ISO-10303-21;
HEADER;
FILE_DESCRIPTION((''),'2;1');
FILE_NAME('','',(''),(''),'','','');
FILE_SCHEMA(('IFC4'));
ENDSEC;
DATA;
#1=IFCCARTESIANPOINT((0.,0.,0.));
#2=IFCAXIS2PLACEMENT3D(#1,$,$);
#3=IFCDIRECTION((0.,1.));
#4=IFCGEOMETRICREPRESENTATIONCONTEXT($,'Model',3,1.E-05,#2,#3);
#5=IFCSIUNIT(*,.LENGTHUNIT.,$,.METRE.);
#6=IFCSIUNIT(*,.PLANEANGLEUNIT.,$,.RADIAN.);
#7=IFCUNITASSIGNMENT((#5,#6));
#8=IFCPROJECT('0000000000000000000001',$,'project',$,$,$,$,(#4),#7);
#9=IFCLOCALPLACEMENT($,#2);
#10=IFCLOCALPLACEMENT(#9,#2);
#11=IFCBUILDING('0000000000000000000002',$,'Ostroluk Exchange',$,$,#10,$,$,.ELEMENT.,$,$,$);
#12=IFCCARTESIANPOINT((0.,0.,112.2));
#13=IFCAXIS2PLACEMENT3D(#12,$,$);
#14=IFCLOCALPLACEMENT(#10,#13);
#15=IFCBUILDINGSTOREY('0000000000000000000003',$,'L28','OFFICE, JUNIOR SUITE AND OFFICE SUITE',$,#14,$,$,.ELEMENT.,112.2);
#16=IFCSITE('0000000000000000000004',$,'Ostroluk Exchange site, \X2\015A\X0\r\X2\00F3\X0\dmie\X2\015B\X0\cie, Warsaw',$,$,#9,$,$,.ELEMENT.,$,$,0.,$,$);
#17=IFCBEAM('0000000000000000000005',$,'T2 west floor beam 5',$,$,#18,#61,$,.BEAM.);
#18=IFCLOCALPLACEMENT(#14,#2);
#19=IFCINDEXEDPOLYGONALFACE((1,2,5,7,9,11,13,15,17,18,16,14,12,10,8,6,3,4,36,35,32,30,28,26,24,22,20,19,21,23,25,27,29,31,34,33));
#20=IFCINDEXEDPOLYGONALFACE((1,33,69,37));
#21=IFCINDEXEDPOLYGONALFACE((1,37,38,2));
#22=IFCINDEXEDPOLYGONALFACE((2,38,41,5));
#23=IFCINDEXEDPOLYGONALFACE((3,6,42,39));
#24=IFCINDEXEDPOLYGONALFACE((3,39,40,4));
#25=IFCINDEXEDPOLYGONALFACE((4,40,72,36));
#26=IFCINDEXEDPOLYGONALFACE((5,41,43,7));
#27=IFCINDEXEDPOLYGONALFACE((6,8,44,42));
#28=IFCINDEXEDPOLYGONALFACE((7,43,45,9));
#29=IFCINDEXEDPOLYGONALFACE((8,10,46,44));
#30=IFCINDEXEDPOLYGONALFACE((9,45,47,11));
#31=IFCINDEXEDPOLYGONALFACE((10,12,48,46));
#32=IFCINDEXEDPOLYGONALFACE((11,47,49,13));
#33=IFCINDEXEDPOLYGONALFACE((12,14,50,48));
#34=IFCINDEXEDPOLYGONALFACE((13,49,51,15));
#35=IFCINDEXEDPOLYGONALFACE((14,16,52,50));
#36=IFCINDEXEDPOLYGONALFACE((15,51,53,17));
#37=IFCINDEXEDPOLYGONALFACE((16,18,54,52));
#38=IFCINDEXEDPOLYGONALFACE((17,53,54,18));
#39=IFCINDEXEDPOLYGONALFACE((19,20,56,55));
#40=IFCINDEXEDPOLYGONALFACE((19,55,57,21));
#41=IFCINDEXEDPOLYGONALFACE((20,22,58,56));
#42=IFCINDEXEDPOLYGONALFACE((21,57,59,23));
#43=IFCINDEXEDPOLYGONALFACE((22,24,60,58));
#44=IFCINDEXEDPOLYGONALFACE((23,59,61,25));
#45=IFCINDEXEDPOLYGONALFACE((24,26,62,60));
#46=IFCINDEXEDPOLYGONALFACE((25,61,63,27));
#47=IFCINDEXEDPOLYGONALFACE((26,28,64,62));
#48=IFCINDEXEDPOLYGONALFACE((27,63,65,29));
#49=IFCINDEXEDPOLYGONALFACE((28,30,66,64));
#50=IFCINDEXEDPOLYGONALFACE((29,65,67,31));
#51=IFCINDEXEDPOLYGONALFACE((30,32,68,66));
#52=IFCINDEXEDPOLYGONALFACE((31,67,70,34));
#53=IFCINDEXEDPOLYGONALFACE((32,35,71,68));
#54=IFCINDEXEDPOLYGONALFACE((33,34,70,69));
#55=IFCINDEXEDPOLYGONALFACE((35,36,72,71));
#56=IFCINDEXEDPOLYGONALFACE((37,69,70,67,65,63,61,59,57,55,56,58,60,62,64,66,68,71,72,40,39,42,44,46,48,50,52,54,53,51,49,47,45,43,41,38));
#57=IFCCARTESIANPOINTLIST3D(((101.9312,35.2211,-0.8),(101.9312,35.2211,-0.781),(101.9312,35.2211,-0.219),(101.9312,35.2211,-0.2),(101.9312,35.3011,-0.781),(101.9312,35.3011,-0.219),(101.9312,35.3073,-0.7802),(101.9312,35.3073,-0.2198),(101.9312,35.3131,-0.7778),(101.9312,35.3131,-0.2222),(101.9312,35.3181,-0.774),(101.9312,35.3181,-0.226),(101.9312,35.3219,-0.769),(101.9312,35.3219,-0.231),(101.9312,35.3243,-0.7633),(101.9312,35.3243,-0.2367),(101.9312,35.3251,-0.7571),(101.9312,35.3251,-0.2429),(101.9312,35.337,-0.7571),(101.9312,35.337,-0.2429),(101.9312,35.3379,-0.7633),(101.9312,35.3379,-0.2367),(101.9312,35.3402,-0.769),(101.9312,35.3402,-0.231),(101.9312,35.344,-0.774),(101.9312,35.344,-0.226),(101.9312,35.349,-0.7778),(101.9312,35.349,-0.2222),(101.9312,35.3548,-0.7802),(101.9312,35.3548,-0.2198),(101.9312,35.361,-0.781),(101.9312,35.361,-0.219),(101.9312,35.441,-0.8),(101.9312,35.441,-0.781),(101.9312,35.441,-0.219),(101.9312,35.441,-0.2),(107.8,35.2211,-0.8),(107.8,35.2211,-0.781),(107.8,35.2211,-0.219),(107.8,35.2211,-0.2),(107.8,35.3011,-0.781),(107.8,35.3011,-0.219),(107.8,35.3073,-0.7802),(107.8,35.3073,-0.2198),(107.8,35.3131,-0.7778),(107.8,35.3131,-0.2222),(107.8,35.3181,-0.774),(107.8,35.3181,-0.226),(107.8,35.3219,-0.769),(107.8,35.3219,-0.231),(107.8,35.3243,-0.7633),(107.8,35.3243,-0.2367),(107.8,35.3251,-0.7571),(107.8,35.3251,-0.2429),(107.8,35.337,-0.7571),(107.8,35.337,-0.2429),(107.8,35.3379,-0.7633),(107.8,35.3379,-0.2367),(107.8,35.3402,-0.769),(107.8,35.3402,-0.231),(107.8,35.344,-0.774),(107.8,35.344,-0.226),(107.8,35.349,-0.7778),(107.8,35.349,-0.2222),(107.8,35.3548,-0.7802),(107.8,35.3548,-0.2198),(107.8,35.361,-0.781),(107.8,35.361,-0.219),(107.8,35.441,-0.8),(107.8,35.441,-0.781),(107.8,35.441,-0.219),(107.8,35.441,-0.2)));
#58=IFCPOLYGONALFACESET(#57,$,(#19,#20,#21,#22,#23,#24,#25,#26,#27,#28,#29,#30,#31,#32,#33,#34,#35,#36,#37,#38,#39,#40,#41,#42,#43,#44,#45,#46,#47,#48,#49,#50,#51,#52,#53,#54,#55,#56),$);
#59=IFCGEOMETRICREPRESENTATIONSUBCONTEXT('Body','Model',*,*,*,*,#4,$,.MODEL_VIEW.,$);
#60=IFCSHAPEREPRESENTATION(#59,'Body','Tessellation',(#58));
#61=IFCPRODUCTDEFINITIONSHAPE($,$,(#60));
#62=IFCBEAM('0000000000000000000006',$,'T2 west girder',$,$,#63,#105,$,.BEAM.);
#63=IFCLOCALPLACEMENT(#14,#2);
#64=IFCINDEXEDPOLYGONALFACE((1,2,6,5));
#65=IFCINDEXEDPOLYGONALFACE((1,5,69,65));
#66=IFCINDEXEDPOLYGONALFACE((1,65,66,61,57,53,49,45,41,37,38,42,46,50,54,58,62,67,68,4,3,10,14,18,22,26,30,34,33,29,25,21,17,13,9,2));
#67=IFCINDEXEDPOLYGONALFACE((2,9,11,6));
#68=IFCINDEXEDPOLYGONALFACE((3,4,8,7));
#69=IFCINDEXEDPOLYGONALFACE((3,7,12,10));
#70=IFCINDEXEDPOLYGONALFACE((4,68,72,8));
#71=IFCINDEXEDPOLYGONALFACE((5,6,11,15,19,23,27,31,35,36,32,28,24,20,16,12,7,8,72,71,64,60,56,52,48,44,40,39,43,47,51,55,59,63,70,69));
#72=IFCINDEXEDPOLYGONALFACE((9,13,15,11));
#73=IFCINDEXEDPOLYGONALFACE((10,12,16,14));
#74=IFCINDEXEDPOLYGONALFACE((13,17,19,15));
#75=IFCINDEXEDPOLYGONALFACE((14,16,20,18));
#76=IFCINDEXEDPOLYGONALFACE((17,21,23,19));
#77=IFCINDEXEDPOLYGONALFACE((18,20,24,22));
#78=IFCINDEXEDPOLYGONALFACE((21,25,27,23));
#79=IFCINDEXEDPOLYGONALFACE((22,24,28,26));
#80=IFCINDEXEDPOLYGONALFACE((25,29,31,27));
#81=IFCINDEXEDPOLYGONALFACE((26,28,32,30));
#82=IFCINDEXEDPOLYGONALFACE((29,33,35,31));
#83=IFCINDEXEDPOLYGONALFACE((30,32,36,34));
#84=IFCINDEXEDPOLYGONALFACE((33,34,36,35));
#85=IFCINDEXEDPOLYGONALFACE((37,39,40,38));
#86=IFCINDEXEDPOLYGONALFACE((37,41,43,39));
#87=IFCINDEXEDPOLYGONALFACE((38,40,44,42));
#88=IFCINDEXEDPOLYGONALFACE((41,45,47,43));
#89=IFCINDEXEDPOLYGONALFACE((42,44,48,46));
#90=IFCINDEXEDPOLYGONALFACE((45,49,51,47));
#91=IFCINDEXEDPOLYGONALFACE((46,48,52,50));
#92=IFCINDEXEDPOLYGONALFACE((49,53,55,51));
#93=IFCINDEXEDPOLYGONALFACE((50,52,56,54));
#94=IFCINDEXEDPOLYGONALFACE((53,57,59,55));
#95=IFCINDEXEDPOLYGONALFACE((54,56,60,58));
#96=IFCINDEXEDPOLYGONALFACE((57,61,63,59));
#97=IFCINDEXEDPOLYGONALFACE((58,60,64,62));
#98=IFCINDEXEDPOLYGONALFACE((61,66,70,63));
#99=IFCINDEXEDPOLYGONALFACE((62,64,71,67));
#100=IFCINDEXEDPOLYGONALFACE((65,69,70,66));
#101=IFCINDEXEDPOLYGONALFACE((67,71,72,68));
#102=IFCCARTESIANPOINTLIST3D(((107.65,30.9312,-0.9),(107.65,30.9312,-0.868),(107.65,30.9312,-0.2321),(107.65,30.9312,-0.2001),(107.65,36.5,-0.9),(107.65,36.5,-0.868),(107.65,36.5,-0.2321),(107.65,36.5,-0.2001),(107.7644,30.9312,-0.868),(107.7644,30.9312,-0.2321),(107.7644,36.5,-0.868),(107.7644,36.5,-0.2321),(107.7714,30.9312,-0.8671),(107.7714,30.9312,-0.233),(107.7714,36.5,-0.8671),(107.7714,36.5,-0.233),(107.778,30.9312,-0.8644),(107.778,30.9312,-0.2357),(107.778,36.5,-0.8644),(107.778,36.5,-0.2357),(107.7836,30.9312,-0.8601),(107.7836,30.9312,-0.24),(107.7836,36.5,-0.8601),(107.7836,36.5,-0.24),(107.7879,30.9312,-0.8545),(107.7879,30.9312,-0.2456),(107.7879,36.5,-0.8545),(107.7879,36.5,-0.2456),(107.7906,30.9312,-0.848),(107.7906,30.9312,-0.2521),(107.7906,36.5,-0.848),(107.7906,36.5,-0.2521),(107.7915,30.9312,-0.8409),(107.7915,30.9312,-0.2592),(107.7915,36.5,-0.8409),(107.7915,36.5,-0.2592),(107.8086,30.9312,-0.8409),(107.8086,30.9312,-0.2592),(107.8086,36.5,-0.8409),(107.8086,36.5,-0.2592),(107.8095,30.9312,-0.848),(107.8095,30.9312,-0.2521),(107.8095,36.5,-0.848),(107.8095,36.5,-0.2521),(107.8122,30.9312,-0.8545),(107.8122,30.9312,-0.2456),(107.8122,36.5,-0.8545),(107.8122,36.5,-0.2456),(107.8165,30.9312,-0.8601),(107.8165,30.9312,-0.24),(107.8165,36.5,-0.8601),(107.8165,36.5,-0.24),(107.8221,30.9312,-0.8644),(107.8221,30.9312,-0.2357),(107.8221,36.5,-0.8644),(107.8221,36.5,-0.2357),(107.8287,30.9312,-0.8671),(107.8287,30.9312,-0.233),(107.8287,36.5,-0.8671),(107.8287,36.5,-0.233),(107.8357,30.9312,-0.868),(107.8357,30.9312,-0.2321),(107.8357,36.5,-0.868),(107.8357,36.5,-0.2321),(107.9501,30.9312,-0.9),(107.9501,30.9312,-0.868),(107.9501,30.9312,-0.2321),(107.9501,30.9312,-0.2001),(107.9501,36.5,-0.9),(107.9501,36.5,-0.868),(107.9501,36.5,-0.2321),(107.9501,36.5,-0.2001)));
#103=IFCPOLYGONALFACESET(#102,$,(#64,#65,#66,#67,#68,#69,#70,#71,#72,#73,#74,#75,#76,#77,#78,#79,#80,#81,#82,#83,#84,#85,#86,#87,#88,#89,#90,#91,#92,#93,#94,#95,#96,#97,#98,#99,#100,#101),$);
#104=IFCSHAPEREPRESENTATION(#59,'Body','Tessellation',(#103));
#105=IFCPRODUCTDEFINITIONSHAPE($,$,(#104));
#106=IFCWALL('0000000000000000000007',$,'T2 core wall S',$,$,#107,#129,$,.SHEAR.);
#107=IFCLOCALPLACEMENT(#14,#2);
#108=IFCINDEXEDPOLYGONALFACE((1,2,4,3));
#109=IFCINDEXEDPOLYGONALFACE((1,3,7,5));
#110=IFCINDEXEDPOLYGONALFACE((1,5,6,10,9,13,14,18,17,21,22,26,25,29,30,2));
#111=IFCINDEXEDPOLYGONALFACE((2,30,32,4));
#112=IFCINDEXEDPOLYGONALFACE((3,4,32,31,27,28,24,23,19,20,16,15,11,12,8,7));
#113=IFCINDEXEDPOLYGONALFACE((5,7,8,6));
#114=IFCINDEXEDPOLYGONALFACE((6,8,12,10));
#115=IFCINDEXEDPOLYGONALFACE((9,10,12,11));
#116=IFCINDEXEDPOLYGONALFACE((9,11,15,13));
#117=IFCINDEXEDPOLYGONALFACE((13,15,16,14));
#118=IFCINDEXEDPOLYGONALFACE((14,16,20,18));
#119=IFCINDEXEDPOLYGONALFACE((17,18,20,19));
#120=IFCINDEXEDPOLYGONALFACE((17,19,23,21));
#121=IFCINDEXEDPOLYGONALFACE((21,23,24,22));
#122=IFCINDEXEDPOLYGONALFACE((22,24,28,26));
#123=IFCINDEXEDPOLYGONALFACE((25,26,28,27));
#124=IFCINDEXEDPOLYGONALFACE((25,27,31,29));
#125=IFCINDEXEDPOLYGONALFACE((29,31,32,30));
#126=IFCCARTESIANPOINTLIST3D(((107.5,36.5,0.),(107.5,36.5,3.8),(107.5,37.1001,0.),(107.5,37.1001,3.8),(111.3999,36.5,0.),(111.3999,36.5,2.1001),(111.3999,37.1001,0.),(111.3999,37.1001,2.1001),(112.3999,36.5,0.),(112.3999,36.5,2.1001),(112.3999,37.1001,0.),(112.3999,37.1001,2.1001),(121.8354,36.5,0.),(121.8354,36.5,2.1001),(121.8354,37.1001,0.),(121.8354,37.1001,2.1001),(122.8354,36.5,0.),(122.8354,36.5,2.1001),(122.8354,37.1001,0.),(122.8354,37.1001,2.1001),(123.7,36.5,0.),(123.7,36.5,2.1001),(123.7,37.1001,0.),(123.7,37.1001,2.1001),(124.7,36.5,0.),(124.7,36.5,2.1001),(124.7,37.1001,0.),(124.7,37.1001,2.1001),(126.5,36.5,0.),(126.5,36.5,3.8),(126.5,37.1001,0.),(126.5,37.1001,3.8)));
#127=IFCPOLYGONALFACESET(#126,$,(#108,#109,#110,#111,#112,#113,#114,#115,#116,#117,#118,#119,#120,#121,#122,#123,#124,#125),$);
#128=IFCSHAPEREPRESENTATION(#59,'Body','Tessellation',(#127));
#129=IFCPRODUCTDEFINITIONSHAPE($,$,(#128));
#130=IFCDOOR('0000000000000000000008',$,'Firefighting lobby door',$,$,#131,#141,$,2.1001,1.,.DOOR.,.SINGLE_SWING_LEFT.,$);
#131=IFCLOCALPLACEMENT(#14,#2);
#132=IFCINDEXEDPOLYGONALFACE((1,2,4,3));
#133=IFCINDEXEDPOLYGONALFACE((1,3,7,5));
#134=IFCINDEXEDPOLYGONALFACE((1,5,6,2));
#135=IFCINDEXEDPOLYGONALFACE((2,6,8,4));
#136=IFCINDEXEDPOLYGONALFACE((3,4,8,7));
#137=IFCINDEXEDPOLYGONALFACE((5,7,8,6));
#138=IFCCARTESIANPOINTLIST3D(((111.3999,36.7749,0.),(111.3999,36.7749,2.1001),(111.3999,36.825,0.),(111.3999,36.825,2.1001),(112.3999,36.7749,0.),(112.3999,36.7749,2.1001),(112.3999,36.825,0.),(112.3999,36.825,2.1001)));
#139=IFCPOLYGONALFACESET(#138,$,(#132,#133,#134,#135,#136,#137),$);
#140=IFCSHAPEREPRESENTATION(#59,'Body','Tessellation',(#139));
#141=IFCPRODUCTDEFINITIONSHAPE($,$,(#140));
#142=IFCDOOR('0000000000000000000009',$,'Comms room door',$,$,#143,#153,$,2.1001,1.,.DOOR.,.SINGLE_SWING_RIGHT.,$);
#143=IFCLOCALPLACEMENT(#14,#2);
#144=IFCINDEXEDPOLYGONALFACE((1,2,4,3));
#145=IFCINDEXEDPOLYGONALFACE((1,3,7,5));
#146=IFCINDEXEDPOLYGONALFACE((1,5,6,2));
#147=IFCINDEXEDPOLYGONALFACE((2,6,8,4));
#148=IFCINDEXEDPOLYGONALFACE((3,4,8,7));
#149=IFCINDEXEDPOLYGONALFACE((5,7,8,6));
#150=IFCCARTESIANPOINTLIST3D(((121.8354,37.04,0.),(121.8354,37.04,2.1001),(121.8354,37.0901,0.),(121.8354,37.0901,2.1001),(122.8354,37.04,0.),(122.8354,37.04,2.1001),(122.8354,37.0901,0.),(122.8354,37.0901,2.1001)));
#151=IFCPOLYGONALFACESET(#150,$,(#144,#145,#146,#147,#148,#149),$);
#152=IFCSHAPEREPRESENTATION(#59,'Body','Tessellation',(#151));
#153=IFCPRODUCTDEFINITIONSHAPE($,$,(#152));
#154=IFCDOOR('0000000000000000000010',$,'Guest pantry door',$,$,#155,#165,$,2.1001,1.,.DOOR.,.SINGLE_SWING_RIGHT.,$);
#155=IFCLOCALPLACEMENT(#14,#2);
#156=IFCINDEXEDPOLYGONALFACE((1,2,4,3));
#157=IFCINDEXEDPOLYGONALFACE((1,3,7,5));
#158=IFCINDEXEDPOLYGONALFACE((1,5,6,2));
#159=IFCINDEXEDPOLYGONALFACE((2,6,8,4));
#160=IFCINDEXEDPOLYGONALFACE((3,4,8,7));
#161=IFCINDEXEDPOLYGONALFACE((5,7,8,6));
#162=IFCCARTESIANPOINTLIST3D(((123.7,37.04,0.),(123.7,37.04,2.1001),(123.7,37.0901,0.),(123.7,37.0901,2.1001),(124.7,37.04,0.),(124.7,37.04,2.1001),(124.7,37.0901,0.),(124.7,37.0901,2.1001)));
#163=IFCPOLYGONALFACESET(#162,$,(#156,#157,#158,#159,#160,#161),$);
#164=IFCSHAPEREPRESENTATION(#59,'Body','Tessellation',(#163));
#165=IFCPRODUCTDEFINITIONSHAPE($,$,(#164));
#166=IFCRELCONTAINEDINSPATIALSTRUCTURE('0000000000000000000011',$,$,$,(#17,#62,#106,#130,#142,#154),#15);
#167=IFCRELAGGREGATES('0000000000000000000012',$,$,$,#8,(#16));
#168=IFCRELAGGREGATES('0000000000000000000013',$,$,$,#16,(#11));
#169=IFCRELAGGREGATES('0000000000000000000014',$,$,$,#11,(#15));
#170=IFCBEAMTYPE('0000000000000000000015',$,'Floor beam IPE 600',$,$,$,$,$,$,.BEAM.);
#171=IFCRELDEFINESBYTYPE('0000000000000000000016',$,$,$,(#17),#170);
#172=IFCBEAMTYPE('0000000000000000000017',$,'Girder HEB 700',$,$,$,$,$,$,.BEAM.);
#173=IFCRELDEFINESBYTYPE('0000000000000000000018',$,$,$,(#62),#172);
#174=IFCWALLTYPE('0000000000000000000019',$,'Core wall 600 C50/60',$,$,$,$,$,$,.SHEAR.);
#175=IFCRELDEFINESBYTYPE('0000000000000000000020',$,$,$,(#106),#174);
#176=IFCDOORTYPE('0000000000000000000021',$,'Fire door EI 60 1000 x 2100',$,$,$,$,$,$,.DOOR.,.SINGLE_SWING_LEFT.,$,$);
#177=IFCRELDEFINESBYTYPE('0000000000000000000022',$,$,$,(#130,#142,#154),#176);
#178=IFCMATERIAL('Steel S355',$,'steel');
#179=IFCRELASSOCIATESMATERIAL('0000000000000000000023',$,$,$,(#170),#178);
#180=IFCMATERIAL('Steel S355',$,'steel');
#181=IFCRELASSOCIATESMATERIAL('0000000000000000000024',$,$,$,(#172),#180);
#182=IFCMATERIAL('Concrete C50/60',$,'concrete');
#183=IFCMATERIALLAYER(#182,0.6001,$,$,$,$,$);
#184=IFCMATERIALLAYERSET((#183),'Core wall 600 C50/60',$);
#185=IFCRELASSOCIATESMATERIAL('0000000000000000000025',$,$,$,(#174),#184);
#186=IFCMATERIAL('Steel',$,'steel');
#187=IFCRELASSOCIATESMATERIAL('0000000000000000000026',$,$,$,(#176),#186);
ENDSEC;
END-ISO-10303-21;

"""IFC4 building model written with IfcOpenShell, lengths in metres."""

from ifc_helpers import new_model, si_unit, direction, frame, frame_2d, origin, origin_2d, place, context, subcontext, project, spatial, rectangle, i_section, extrude, material, layer, layer_set, material_profile, profile_set, type_object, element, fill, save


model = new_model("IFC4")

# Units and contexts
model_context = context("Model", 3, precision=1e-05, world=origin(), true_north=direction((0.0, 1.0)))
body_context = subcontext(model_context, "Body", "Model", "MODEL_VIEW")
ifc_project = project(units=[si_unit("LENGTHUNIT", "METRE"), si_unit("PLANEANGLEUNIT", "RADIAN")], contexts=[model_context])

# Site, building, storey
site_placement = place(None, origin())
site = spatial("IfcSite", under=ifc_project, at=site_placement, Name="Ostroluk Exchange site, Śródmieście, Warsaw", CompositionType="ELEMENT", RefElevation=0.0)
building_placement = place(site_placement, origin())
building = spatial("IfcBuilding", under=site, at=building_placement, Name="Ostroluk Exchange", CompositionType="ELEMENT")
storey_placement = place(building_placement, frame((0.0, 0.0, 112.2)))
storey = spatial("IfcBuildingStorey", under=building, at=storey_placement, Name="L28", Description="OFFICE, JUNIOR SUITE AND OFFICE SUITE", CompositionType="ELEMENT", Elevation=112.2)

# Beams
ifc_material_1 = material(Name="Steel S355", Category="steel")
ifc_material_profile_1 = material_profile(ifc_material_1, i_section(OverallWidth=0.22, OverallDepth=0.6001, WebThickness=0.012, FlangeThickness=0.019, FilletRadius=0.0239, at=origin_2d()), Name="IPE 600")
ifc_profile_set_1 = profile_set([ifc_material_profile_1], Name="Steel S355")
beam_type_1 = type_object("IfcBeamType", Name="Floor beam IPE 600", PredefinedType="BEAM", material=ifc_profile_set_1)
beam_1_placement = place(storey_placement, frame((107.8, 35.3311, -0.5), z_axis=(-1.0, 0.0, 0.0), x_axis=(0.0, -1.0, 0.0)))
element("IfcBeam", 1, at=beam_1_placement, inside=storey, type_object=beam_type_1, Name="T2 west floor beam 5", PredefinedType="BEAM", context=body_context, shape_type="SweptSolid", body=[
    extrude(i_section(OverallWidth=0.22, OverallDepth=0.6001, WebThickness=0.012, FlangeThickness=0.019, FilletRadius=0.0239, at=origin_2d()), origin(), (0.0, 0.0, 1.0), 5.8689),
])
ifc_material_2 = material(Name="Steel S355", Category="steel")
ifc_material_profile_2 = material_profile(ifc_material_2, i_section(OverallWidth=0.3, OverallDepth=0.7, WebThickness=0.0171, FlangeThickness=0.032, FilletRadius=0.0271, at=origin_2d()), Name="HEB 700")
ifc_profile_set_2 = profile_set([ifc_material_profile_2], Name="Steel S355")
beam_type_2 = type_object("IfcBeamType", Name="Girder HEB 700", PredefinedType="BEAM", material=ifc_profile_set_2)
beam_2_placement = place(storey_placement, frame((107.8, 36.5, -0.55), z_axis=(0.0, -1.0, 0.0), x_axis=(1.0, 0.0, 0.0)))
element("IfcBeam", 2, at=beam_2_placement, inside=storey, type_object=beam_type_2, Name="T2 west girder", PredefinedType="BEAM", context=body_context, shape_type="SweptSolid", body=[
    extrude(i_section(OverallWidth=0.3, OverallDepth=0.7, WebThickness=0.0171, FlangeThickness=0.032, FilletRadius=0.0271, at=origin_2d()), origin(), (0.0, 0.0, 1.0), 5.5688),
])

# Wall, openings, doors
ifc_material_3 = material(Name="Concrete C50/60", Category="concrete")
ifc_layer_1 = layer(ifc_material_3, 0.6001)
ifc_layer_set_1 = layer_set([ifc_layer_1], Name="Core wall 600 C50/60")
wall_type_1 = type_object("IfcWallType", Name="Core wall 600 C50/60", PredefinedType="SHEAR", material=ifc_layer_set_1)
wall_1_placement = place(storey_placement, frame((107.5, 36.8, 0.0), z_axis=(0.0, 0.0, 1.0), x_axis=(1.0, 0.0, 0.0)))
wall_1 = element("IfcWall", 3, at=wall_1_placement, inside=storey, type_object=wall_type_1, Name="T2 core wall S", PredefinedType="SHEAR", context=body_context, shape_type="SweptSolid", body=[
    extrude(rectangle(XDim=19.0, YDim=0.6001, at=frame_2d((9.5, 0.0))), origin(), (0.0, 0.0, 1.0), 3.8),
])
opening_1_placement = place(wall_1_placement, frame((3.8999, 0.0, 0.0)))
opening_1 = element("IfcOpeningElement", 4, at=opening_1_placement, cuts=wall_1, PredefinedType="OPENING", context=body_context, shape_type="SweptSolid", body=[
    extrude(rectangle(XDim=1.0, YDim=2.1001, at=frame_2d((0.5, 1.05))), frame((0.0, 0.3101, 0.0), z_axis=(0.0, -1.0, 0.0), x_axis=(1.0, 0.0, 0.0)), (0.0, 0.0, 1.0), 0.6201),
])
opening_2_placement = place(wall_1_placement, frame((14.3354, 0.0, 0.0)))
opening_2 = element("IfcOpeningElement", 5, at=opening_2_placement, cuts=wall_1, PredefinedType="OPENING", context=body_context, shape_type="SweptSolid", body=[
    extrude(rectangle(XDim=1.0, YDim=2.1001, at=frame_2d((0.5, 1.05))), frame((0.0, 0.3101, 0.0), z_axis=(0.0, -1.0, 0.0), x_axis=(1.0, 0.0, 0.0)), (0.0, 0.0, 1.0), 0.6201),
])
opening_3_placement = place(wall_1_placement, frame((16.2, 0.0, 0.0)))
opening_3 = element("IfcOpeningElement", 6, at=opening_3_placement, cuts=wall_1, PredefinedType="OPENING", context=body_context, shape_type="SweptSolid", body=[
    extrude(rectangle(XDim=1.0, YDim=2.1001, at=frame_2d((0.5, 1.05))), frame((0.0, 0.3101, 0.0), z_axis=(0.0, -1.0, 0.0), x_axis=(1.0, 0.0, 0.0)), (0.0, 0.0, 1.0), 0.6201),
])
ifc_material_4 = material(Name="Steel", Category="steel")
door_type_1 = type_object("IfcDoorType", Name="Fire door EI 60 1000 x 2100", OperationType="SINGLE_SWING_LEFT", PredefinedType="DOOR", material=ifc_material_4)
door_1_placement = place(opening_1_placement, origin())
door_1 = element("IfcDoor", 7, at=door_1_placement, inside=storey, type_object=door_type_1, Name="Firefighting lobby door", OperationType="SINGLE_SWING_LEFT", OverallHeight=2.1001, OverallWidth=1.0, PredefinedType="DOOR", context=body_context, shape_type="SweptSolid", body=[
    extrude(rectangle(XDim=1.0, YDim=2.1001, at=frame_2d((0.5, 1.05))), frame((0.0, 0.0249, 0.0), z_axis=(0.0, -1.0, 0.0), x_axis=(1.0, 0.0, 0.0)), (0.0, 0.0, 1.0), 0.05),
])
fill(opening_1, door_1)
door_2_placement = place(opening_2_placement, origin())
door_2 = element("IfcDoor", 8, at=door_2_placement, inside=storey, type_object=door_type_1, Name="Comms room door", OperationType="SINGLE_SWING_RIGHT", OverallHeight=2.1001, OverallWidth=1.0, PredefinedType="DOOR", context=body_context, shape_type="SweptSolid", body=[
    extrude(rectangle(XDim=1.0, YDim=2.1001, at=frame_2d((0.5, 1.05))), frame((0.0, 0.29, 0.0), z_axis=(0.0, -1.0, 0.0), x_axis=(1.0, 0.0, 0.0)), (0.0, 0.0, 1.0), 0.05),
])
fill(opening_2, door_2)
door_3_placement = place(opening_3_placement, origin())
door_3 = element("IfcDoor", 9, at=door_3_placement, inside=storey, type_object=door_type_1, Name="Guest pantry door", OperationType="SINGLE_SWING_RIGHT", OverallHeight=2.1001, OverallWidth=1.0, PredefinedType="DOOR", context=body_context, shape_type="SweptSolid", body=[
    extrude(rectangle(XDim=1.0, YDim=2.1001, at=frame_2d((0.5, 1.05))), frame((0.0, 0.29, 0.0), z_axis=(0.0, -1.0, 0.0), x_axis=(1.0, 0.0, 0.0)), (0.0, 0.0, 1.0), 0.05),
])
fill(opening_3, door_3)

save(model, "model.ifc")
